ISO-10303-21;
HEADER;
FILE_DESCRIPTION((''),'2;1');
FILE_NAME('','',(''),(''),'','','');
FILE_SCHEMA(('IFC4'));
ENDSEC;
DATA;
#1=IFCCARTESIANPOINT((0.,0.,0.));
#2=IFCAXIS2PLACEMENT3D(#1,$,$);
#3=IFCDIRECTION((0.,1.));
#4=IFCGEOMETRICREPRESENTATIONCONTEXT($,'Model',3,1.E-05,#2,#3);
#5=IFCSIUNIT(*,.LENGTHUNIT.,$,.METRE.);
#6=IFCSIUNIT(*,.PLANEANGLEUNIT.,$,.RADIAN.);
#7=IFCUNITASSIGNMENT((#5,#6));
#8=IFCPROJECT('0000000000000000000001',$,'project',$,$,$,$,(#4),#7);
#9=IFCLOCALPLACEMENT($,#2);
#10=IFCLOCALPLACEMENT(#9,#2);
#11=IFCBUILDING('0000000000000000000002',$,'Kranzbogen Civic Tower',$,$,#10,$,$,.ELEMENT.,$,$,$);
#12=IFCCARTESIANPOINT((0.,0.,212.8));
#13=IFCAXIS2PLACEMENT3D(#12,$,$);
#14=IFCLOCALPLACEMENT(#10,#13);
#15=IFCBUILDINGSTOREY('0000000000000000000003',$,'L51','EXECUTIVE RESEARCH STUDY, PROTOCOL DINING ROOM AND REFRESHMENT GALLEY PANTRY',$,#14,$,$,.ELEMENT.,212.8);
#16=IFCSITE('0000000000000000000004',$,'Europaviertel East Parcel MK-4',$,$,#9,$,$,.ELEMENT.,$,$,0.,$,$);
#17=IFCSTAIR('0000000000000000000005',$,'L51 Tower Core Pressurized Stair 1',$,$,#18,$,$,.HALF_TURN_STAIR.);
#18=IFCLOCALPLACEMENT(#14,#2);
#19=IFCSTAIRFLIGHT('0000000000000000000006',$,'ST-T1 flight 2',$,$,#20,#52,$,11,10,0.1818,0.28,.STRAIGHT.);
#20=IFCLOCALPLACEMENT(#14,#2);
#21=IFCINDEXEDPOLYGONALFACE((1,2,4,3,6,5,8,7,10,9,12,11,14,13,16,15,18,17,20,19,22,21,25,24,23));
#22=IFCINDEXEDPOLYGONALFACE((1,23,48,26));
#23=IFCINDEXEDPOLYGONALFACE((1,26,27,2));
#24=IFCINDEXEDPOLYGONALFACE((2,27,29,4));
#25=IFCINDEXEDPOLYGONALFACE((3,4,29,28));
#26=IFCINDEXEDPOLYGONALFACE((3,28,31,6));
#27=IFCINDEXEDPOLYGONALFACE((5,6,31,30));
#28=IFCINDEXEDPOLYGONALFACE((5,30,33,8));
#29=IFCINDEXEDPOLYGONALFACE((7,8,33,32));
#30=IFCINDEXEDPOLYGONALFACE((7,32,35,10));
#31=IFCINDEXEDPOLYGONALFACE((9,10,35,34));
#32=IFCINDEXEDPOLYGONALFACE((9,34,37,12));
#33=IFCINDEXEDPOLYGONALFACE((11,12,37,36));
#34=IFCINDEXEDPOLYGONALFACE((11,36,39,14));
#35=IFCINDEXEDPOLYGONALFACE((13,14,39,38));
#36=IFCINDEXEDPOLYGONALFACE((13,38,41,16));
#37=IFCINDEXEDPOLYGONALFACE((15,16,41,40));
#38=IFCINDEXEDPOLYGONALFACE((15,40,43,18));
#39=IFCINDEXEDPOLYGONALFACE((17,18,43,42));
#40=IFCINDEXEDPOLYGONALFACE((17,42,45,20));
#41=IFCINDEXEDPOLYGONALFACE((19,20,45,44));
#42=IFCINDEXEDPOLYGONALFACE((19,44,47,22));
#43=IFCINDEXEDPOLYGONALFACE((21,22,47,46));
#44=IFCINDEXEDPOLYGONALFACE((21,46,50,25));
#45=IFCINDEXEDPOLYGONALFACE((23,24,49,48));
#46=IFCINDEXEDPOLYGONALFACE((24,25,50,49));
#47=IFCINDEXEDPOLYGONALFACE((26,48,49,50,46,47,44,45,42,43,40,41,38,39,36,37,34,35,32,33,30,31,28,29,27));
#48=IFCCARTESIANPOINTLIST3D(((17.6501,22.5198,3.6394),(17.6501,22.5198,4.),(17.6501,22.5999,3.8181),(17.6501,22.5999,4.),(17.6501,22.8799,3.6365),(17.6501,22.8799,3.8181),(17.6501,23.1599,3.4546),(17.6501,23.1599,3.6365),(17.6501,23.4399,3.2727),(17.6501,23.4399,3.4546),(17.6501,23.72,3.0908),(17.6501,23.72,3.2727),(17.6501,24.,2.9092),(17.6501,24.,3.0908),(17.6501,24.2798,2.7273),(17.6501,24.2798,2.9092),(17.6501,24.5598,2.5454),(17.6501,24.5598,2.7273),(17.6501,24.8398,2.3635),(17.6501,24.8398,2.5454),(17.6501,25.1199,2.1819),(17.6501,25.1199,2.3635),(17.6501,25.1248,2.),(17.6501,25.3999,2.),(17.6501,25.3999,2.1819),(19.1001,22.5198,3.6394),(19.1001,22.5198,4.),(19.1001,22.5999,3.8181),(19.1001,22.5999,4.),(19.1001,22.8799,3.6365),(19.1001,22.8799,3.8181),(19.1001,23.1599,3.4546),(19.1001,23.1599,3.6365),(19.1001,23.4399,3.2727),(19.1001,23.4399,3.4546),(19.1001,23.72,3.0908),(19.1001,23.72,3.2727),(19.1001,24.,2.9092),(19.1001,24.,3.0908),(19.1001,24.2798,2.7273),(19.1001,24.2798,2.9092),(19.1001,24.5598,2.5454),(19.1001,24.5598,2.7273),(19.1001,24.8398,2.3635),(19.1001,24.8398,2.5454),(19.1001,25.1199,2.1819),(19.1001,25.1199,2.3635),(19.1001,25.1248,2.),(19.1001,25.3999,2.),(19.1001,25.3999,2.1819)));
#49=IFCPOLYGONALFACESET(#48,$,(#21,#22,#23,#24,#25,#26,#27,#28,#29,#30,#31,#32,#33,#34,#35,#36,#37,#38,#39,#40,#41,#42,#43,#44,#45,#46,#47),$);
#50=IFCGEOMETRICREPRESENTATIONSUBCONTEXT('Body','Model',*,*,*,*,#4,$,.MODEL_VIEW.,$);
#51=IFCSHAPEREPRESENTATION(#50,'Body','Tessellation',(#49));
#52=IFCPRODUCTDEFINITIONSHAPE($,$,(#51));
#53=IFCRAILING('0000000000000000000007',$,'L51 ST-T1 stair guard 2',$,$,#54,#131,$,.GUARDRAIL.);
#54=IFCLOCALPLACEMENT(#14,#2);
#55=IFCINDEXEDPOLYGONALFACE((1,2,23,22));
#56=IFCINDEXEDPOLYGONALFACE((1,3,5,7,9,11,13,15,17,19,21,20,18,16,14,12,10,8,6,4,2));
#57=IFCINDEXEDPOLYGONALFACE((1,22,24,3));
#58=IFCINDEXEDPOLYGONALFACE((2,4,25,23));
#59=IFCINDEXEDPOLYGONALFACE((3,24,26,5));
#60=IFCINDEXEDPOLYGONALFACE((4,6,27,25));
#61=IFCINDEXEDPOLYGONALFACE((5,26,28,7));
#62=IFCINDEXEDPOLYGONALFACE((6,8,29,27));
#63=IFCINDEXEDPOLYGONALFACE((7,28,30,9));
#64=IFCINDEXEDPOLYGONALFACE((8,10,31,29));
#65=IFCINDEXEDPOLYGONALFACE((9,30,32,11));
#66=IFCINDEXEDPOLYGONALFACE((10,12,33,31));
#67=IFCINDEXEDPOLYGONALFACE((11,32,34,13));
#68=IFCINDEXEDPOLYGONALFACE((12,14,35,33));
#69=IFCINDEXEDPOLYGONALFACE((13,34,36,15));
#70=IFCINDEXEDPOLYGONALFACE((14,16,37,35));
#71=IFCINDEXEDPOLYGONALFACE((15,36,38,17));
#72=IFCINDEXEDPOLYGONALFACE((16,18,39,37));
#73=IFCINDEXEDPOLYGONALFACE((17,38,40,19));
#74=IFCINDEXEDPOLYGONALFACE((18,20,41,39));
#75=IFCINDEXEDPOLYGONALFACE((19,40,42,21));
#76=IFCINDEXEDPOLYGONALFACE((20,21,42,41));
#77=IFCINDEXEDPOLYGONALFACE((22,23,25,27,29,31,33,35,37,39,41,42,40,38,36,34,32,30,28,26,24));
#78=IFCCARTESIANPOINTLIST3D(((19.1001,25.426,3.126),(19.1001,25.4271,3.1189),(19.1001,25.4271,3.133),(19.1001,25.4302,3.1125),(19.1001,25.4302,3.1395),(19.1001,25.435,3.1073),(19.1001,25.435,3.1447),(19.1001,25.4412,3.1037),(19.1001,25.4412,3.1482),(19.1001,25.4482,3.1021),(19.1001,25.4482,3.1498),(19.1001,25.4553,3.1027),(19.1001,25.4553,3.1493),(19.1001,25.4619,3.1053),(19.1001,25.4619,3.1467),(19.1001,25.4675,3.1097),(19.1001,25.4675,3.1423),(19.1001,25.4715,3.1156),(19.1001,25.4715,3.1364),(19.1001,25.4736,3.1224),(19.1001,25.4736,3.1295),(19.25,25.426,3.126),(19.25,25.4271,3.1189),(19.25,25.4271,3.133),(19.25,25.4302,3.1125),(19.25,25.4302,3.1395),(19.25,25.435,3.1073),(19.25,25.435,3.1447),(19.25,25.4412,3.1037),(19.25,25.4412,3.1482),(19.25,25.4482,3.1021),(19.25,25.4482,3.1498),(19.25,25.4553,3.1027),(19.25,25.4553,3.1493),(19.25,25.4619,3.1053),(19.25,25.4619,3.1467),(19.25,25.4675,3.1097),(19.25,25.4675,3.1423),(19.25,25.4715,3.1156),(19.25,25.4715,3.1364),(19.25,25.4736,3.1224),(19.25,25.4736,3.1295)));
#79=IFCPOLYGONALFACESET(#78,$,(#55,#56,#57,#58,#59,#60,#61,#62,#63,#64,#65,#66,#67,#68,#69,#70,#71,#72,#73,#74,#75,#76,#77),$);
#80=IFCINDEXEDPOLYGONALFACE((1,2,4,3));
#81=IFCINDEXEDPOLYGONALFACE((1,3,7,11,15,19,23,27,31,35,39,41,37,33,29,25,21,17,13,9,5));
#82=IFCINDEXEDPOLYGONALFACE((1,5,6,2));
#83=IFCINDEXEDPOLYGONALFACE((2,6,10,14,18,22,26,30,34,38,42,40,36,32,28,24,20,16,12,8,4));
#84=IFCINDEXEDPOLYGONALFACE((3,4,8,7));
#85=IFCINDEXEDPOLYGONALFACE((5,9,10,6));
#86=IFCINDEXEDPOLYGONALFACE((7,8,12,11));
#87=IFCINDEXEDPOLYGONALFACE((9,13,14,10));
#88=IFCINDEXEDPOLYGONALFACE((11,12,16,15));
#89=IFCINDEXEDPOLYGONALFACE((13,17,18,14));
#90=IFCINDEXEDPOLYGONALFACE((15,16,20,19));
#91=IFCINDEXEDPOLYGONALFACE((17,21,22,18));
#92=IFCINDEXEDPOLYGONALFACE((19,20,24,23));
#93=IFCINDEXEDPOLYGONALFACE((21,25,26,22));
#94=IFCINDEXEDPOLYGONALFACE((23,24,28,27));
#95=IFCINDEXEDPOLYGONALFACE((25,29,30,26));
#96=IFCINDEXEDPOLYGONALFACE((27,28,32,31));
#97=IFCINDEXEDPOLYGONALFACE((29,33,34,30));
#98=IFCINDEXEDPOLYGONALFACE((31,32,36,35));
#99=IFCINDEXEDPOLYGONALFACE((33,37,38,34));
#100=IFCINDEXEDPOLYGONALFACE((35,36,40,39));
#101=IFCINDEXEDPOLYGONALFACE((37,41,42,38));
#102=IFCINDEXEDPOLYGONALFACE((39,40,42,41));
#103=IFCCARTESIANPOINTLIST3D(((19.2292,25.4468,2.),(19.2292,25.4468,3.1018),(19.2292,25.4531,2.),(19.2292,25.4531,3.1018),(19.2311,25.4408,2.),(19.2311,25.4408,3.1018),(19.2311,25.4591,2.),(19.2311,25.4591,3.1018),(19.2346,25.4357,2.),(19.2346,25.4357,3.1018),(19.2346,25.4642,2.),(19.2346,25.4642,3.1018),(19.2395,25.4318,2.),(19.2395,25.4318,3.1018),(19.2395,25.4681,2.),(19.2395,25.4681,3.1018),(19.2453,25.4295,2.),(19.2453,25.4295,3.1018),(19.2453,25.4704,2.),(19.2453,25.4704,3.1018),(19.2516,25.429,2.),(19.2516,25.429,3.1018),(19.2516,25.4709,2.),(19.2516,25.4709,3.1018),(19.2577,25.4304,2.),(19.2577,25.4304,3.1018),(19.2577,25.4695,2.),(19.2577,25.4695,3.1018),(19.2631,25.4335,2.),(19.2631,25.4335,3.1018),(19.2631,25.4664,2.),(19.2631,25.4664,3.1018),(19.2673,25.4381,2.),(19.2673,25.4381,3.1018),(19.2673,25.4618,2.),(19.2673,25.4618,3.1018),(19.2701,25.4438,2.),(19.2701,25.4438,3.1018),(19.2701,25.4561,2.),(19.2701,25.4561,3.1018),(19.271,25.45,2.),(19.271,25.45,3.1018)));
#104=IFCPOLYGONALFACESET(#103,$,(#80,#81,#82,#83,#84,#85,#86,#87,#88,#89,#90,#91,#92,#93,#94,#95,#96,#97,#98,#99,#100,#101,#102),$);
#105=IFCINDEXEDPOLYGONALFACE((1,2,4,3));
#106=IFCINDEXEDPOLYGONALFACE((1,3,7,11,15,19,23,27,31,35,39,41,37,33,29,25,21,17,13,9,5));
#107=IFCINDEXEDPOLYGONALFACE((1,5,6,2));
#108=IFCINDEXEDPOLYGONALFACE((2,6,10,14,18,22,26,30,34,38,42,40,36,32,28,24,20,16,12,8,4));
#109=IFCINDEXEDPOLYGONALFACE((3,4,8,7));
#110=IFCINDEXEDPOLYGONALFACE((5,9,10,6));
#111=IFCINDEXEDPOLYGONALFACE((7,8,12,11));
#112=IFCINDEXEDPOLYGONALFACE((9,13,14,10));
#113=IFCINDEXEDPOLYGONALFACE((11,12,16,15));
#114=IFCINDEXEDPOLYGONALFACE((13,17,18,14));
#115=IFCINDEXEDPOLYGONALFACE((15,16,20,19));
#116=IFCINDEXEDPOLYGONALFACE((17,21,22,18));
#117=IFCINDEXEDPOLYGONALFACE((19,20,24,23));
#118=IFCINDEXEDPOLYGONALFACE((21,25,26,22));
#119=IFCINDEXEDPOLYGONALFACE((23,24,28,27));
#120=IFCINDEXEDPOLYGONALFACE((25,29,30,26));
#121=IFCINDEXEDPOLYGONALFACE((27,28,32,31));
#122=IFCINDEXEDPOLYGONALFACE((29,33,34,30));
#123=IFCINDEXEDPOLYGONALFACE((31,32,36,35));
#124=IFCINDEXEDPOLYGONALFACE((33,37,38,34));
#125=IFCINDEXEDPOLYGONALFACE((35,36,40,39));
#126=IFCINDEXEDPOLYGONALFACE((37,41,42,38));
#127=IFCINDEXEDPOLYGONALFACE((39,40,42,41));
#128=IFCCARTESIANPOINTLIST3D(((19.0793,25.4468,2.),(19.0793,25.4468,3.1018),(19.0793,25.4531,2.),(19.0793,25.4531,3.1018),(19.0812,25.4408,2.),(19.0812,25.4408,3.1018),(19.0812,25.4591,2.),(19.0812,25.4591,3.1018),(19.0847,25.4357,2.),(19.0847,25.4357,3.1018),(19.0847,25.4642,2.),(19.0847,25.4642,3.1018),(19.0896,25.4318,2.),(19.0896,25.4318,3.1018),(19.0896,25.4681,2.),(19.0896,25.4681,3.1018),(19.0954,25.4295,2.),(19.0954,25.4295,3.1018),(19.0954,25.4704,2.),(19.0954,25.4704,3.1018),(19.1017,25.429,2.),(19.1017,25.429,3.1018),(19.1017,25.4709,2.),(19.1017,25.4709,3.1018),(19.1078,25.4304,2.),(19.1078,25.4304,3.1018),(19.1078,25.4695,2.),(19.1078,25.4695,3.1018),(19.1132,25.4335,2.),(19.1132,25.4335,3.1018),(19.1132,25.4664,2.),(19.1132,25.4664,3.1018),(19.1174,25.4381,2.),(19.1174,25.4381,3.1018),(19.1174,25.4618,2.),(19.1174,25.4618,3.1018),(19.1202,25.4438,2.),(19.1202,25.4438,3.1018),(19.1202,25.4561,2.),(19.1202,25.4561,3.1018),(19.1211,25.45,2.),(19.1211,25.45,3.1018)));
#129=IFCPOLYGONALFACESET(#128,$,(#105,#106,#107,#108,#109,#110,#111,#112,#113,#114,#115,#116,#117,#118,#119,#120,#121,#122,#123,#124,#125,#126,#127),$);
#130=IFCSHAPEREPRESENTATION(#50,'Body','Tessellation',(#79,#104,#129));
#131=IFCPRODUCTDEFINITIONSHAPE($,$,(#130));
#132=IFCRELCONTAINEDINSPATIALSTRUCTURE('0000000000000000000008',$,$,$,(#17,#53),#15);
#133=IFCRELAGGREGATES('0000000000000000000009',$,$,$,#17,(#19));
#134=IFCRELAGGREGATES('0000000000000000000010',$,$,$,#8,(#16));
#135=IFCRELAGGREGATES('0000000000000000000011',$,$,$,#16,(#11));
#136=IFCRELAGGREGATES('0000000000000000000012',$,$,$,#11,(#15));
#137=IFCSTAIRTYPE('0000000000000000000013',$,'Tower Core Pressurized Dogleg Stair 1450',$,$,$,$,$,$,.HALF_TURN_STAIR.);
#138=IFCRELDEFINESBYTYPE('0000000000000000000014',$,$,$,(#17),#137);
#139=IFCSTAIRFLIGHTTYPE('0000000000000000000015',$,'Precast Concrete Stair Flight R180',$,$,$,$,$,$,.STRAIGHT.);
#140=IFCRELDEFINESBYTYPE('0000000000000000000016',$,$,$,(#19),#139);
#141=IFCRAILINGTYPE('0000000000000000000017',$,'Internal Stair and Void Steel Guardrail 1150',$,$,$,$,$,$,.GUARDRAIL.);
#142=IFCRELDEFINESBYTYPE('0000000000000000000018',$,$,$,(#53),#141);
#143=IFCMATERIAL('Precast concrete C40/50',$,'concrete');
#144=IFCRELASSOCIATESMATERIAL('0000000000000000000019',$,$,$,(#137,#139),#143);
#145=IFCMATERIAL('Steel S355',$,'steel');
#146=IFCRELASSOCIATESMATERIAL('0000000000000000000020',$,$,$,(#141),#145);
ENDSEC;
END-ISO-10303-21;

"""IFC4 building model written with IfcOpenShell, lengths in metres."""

from ifc_helpers import new_model, si_unit, direction, frame, origin, origin_2d, place, context, subcontext, project, spatial, polyline, circle, outline, extrude, material, type_object, element, aggregate, save


model = new_model("IFC4")

# Units and contexts
model_context = context("Model", 3, precision=1e-05, world=origin(), true_north=direction((0.0, 1.0)))
body_context = subcontext(model_context, "Body", "Model", "MODEL_VIEW")
ifc_project = project(units=[si_unit("LENGTHUNIT", "METRE"), si_unit("PLANEANGLEUNIT", "RADIAN")], contexts=[model_context])

# Site, building, storey
site_placement = place(None, origin())
site = spatial("IfcSite", under=ifc_project, at=site_placement, Name="Europaviertel East Parcel MK-4", CompositionType="ELEMENT", RefElevation=0.0)
building_placement = place(site_placement, origin())
building = spatial("IfcBuilding", under=site, at=building_placement, Name="Kranzbogen Civic Tower", CompositionType="ELEMENT")
storey_placement = place(building_placement, frame((0.0, 0.0, 212.8)))
storey = spatial("IfcBuildingStorey", under=building, at=storey_placement, Name="L51", Description="EXECUTIVE RESEARCH STUDY, PROTOCOL DINING ROOM AND REFRESHMENT GALLEY PANTRY", CompositionType="ELEMENT", Elevation=212.8)

# Shared definitions
ifc_material_1 = material(Name="Steel S355", Category="steel")

# Stair, stair flight
ifc_material_2 = material(Name="Precast concrete C40/50", Category="concrete")
stair_type = type_object("IfcStairType", Name="Tower Core Pressurized Dogleg Stair 1450", PredefinedType="HALF_TURN_STAIR", material=ifc_material_2)
stair_placement = place(storey_placement, origin())
stair = element("IfcStair", 1, at=stair_placement, inside=storey, type_object=stair_type, Name="L51 Tower Core Pressurized Stair 1", PredefinedType="HALF_TURN_STAIR")
stair_flight_type = type_object("IfcStairFlightType", Name="Precast Concrete Stair Flight R180", PredefinedType="STRAIGHT", material=ifc_material_2)
stair_flight_placement = place(storey_placement, frame((18.375, 25.3999, 2.0), z_axis=(0.0, 0.0, 1.0), x_axis=(0.0, -1.0, 0.0)))
stair_flight = element("IfcStairFlight", 2, at=stair_flight_placement, type_object=stair_flight_type, Name="ST-T1 flight 2", NumberOfRisers=11, NumberOfTreads=10, PredefinedType="STRAIGHT", RiserHeight=0.1818, TreadLength=0.28, context=body_context, shape_type="SweptSolid", body=[
    extrude(outline(polyline([(0.0, 0.0), (0.0, 0.1819), (0.28, 0.1819), (0.28, 0.3635), (0.5601, 0.3635), (0.5601, 0.5454), (0.8401, 0.5454), (0.8401, 0.7273), (1.1201, 0.7273), (1.1201, 0.9092), (1.3999, 0.9092), (1.3999, 1.0908), (1.6799, 1.0908), (1.6799, 1.2727), (1.96, 1.2727), (1.96, 1.4546), (2.24, 1.4546), (2.24, 1.6365), (2.52, 1.6365), (2.52, 1.8181), (2.8, 1.8181), (2.8, 2.0), (2.8801, 2.0), (2.8801, 1.6394), (0.2751, 0.0), (0.0, 0.0)])), frame((0.0, 0.7251, 0.0), z_axis=(0.0, -1.0, 0.0), x_axis=(1.0, 0.0, 0.0)), (0.0, 0.0, 1.0), 1.45),
])
aggregate(stair, [stair_flight])

# Railing
railing_type_1 = type_object("IfcRailingType", Name="Internal Stair and Void Steel Guardrail 1150", PredefinedType="GUARDRAIL", material=ifc_material_1)
railing_1_placement = place(storey_placement, frame((19.25, 25.45, 2.0)))
element("IfcRailing", 3, at=railing_1_placement, inside=storey, type_object=railing_type_1, Name="L51 ST-T1 stair guard 2", PredefinedType="GUARDRAIL", context=body_context, shape_type="SweptSolid", body=[
    extrude(circle(Radius=0.0239, at=origin_2d()), frame((0.0, 0.0, 1.126), z_axis=(-1.0, 0.0, 0.0), x_axis=(0.0, -1.0, 0.0)), (0.0, 0.0, 1.0), 0.1499),
    extrude(circle(Radius=0.021, at=origin_2d()), origin(), (0.0, 0.0, 1.0), 1.1018),
    extrude(circle(Radius=0.021, at=origin_2d()), frame((-0.1499, 0.0, 0.0)), (0.0, 0.0, 1.0), 1.1018),
])

save(model, "model.ifc")
